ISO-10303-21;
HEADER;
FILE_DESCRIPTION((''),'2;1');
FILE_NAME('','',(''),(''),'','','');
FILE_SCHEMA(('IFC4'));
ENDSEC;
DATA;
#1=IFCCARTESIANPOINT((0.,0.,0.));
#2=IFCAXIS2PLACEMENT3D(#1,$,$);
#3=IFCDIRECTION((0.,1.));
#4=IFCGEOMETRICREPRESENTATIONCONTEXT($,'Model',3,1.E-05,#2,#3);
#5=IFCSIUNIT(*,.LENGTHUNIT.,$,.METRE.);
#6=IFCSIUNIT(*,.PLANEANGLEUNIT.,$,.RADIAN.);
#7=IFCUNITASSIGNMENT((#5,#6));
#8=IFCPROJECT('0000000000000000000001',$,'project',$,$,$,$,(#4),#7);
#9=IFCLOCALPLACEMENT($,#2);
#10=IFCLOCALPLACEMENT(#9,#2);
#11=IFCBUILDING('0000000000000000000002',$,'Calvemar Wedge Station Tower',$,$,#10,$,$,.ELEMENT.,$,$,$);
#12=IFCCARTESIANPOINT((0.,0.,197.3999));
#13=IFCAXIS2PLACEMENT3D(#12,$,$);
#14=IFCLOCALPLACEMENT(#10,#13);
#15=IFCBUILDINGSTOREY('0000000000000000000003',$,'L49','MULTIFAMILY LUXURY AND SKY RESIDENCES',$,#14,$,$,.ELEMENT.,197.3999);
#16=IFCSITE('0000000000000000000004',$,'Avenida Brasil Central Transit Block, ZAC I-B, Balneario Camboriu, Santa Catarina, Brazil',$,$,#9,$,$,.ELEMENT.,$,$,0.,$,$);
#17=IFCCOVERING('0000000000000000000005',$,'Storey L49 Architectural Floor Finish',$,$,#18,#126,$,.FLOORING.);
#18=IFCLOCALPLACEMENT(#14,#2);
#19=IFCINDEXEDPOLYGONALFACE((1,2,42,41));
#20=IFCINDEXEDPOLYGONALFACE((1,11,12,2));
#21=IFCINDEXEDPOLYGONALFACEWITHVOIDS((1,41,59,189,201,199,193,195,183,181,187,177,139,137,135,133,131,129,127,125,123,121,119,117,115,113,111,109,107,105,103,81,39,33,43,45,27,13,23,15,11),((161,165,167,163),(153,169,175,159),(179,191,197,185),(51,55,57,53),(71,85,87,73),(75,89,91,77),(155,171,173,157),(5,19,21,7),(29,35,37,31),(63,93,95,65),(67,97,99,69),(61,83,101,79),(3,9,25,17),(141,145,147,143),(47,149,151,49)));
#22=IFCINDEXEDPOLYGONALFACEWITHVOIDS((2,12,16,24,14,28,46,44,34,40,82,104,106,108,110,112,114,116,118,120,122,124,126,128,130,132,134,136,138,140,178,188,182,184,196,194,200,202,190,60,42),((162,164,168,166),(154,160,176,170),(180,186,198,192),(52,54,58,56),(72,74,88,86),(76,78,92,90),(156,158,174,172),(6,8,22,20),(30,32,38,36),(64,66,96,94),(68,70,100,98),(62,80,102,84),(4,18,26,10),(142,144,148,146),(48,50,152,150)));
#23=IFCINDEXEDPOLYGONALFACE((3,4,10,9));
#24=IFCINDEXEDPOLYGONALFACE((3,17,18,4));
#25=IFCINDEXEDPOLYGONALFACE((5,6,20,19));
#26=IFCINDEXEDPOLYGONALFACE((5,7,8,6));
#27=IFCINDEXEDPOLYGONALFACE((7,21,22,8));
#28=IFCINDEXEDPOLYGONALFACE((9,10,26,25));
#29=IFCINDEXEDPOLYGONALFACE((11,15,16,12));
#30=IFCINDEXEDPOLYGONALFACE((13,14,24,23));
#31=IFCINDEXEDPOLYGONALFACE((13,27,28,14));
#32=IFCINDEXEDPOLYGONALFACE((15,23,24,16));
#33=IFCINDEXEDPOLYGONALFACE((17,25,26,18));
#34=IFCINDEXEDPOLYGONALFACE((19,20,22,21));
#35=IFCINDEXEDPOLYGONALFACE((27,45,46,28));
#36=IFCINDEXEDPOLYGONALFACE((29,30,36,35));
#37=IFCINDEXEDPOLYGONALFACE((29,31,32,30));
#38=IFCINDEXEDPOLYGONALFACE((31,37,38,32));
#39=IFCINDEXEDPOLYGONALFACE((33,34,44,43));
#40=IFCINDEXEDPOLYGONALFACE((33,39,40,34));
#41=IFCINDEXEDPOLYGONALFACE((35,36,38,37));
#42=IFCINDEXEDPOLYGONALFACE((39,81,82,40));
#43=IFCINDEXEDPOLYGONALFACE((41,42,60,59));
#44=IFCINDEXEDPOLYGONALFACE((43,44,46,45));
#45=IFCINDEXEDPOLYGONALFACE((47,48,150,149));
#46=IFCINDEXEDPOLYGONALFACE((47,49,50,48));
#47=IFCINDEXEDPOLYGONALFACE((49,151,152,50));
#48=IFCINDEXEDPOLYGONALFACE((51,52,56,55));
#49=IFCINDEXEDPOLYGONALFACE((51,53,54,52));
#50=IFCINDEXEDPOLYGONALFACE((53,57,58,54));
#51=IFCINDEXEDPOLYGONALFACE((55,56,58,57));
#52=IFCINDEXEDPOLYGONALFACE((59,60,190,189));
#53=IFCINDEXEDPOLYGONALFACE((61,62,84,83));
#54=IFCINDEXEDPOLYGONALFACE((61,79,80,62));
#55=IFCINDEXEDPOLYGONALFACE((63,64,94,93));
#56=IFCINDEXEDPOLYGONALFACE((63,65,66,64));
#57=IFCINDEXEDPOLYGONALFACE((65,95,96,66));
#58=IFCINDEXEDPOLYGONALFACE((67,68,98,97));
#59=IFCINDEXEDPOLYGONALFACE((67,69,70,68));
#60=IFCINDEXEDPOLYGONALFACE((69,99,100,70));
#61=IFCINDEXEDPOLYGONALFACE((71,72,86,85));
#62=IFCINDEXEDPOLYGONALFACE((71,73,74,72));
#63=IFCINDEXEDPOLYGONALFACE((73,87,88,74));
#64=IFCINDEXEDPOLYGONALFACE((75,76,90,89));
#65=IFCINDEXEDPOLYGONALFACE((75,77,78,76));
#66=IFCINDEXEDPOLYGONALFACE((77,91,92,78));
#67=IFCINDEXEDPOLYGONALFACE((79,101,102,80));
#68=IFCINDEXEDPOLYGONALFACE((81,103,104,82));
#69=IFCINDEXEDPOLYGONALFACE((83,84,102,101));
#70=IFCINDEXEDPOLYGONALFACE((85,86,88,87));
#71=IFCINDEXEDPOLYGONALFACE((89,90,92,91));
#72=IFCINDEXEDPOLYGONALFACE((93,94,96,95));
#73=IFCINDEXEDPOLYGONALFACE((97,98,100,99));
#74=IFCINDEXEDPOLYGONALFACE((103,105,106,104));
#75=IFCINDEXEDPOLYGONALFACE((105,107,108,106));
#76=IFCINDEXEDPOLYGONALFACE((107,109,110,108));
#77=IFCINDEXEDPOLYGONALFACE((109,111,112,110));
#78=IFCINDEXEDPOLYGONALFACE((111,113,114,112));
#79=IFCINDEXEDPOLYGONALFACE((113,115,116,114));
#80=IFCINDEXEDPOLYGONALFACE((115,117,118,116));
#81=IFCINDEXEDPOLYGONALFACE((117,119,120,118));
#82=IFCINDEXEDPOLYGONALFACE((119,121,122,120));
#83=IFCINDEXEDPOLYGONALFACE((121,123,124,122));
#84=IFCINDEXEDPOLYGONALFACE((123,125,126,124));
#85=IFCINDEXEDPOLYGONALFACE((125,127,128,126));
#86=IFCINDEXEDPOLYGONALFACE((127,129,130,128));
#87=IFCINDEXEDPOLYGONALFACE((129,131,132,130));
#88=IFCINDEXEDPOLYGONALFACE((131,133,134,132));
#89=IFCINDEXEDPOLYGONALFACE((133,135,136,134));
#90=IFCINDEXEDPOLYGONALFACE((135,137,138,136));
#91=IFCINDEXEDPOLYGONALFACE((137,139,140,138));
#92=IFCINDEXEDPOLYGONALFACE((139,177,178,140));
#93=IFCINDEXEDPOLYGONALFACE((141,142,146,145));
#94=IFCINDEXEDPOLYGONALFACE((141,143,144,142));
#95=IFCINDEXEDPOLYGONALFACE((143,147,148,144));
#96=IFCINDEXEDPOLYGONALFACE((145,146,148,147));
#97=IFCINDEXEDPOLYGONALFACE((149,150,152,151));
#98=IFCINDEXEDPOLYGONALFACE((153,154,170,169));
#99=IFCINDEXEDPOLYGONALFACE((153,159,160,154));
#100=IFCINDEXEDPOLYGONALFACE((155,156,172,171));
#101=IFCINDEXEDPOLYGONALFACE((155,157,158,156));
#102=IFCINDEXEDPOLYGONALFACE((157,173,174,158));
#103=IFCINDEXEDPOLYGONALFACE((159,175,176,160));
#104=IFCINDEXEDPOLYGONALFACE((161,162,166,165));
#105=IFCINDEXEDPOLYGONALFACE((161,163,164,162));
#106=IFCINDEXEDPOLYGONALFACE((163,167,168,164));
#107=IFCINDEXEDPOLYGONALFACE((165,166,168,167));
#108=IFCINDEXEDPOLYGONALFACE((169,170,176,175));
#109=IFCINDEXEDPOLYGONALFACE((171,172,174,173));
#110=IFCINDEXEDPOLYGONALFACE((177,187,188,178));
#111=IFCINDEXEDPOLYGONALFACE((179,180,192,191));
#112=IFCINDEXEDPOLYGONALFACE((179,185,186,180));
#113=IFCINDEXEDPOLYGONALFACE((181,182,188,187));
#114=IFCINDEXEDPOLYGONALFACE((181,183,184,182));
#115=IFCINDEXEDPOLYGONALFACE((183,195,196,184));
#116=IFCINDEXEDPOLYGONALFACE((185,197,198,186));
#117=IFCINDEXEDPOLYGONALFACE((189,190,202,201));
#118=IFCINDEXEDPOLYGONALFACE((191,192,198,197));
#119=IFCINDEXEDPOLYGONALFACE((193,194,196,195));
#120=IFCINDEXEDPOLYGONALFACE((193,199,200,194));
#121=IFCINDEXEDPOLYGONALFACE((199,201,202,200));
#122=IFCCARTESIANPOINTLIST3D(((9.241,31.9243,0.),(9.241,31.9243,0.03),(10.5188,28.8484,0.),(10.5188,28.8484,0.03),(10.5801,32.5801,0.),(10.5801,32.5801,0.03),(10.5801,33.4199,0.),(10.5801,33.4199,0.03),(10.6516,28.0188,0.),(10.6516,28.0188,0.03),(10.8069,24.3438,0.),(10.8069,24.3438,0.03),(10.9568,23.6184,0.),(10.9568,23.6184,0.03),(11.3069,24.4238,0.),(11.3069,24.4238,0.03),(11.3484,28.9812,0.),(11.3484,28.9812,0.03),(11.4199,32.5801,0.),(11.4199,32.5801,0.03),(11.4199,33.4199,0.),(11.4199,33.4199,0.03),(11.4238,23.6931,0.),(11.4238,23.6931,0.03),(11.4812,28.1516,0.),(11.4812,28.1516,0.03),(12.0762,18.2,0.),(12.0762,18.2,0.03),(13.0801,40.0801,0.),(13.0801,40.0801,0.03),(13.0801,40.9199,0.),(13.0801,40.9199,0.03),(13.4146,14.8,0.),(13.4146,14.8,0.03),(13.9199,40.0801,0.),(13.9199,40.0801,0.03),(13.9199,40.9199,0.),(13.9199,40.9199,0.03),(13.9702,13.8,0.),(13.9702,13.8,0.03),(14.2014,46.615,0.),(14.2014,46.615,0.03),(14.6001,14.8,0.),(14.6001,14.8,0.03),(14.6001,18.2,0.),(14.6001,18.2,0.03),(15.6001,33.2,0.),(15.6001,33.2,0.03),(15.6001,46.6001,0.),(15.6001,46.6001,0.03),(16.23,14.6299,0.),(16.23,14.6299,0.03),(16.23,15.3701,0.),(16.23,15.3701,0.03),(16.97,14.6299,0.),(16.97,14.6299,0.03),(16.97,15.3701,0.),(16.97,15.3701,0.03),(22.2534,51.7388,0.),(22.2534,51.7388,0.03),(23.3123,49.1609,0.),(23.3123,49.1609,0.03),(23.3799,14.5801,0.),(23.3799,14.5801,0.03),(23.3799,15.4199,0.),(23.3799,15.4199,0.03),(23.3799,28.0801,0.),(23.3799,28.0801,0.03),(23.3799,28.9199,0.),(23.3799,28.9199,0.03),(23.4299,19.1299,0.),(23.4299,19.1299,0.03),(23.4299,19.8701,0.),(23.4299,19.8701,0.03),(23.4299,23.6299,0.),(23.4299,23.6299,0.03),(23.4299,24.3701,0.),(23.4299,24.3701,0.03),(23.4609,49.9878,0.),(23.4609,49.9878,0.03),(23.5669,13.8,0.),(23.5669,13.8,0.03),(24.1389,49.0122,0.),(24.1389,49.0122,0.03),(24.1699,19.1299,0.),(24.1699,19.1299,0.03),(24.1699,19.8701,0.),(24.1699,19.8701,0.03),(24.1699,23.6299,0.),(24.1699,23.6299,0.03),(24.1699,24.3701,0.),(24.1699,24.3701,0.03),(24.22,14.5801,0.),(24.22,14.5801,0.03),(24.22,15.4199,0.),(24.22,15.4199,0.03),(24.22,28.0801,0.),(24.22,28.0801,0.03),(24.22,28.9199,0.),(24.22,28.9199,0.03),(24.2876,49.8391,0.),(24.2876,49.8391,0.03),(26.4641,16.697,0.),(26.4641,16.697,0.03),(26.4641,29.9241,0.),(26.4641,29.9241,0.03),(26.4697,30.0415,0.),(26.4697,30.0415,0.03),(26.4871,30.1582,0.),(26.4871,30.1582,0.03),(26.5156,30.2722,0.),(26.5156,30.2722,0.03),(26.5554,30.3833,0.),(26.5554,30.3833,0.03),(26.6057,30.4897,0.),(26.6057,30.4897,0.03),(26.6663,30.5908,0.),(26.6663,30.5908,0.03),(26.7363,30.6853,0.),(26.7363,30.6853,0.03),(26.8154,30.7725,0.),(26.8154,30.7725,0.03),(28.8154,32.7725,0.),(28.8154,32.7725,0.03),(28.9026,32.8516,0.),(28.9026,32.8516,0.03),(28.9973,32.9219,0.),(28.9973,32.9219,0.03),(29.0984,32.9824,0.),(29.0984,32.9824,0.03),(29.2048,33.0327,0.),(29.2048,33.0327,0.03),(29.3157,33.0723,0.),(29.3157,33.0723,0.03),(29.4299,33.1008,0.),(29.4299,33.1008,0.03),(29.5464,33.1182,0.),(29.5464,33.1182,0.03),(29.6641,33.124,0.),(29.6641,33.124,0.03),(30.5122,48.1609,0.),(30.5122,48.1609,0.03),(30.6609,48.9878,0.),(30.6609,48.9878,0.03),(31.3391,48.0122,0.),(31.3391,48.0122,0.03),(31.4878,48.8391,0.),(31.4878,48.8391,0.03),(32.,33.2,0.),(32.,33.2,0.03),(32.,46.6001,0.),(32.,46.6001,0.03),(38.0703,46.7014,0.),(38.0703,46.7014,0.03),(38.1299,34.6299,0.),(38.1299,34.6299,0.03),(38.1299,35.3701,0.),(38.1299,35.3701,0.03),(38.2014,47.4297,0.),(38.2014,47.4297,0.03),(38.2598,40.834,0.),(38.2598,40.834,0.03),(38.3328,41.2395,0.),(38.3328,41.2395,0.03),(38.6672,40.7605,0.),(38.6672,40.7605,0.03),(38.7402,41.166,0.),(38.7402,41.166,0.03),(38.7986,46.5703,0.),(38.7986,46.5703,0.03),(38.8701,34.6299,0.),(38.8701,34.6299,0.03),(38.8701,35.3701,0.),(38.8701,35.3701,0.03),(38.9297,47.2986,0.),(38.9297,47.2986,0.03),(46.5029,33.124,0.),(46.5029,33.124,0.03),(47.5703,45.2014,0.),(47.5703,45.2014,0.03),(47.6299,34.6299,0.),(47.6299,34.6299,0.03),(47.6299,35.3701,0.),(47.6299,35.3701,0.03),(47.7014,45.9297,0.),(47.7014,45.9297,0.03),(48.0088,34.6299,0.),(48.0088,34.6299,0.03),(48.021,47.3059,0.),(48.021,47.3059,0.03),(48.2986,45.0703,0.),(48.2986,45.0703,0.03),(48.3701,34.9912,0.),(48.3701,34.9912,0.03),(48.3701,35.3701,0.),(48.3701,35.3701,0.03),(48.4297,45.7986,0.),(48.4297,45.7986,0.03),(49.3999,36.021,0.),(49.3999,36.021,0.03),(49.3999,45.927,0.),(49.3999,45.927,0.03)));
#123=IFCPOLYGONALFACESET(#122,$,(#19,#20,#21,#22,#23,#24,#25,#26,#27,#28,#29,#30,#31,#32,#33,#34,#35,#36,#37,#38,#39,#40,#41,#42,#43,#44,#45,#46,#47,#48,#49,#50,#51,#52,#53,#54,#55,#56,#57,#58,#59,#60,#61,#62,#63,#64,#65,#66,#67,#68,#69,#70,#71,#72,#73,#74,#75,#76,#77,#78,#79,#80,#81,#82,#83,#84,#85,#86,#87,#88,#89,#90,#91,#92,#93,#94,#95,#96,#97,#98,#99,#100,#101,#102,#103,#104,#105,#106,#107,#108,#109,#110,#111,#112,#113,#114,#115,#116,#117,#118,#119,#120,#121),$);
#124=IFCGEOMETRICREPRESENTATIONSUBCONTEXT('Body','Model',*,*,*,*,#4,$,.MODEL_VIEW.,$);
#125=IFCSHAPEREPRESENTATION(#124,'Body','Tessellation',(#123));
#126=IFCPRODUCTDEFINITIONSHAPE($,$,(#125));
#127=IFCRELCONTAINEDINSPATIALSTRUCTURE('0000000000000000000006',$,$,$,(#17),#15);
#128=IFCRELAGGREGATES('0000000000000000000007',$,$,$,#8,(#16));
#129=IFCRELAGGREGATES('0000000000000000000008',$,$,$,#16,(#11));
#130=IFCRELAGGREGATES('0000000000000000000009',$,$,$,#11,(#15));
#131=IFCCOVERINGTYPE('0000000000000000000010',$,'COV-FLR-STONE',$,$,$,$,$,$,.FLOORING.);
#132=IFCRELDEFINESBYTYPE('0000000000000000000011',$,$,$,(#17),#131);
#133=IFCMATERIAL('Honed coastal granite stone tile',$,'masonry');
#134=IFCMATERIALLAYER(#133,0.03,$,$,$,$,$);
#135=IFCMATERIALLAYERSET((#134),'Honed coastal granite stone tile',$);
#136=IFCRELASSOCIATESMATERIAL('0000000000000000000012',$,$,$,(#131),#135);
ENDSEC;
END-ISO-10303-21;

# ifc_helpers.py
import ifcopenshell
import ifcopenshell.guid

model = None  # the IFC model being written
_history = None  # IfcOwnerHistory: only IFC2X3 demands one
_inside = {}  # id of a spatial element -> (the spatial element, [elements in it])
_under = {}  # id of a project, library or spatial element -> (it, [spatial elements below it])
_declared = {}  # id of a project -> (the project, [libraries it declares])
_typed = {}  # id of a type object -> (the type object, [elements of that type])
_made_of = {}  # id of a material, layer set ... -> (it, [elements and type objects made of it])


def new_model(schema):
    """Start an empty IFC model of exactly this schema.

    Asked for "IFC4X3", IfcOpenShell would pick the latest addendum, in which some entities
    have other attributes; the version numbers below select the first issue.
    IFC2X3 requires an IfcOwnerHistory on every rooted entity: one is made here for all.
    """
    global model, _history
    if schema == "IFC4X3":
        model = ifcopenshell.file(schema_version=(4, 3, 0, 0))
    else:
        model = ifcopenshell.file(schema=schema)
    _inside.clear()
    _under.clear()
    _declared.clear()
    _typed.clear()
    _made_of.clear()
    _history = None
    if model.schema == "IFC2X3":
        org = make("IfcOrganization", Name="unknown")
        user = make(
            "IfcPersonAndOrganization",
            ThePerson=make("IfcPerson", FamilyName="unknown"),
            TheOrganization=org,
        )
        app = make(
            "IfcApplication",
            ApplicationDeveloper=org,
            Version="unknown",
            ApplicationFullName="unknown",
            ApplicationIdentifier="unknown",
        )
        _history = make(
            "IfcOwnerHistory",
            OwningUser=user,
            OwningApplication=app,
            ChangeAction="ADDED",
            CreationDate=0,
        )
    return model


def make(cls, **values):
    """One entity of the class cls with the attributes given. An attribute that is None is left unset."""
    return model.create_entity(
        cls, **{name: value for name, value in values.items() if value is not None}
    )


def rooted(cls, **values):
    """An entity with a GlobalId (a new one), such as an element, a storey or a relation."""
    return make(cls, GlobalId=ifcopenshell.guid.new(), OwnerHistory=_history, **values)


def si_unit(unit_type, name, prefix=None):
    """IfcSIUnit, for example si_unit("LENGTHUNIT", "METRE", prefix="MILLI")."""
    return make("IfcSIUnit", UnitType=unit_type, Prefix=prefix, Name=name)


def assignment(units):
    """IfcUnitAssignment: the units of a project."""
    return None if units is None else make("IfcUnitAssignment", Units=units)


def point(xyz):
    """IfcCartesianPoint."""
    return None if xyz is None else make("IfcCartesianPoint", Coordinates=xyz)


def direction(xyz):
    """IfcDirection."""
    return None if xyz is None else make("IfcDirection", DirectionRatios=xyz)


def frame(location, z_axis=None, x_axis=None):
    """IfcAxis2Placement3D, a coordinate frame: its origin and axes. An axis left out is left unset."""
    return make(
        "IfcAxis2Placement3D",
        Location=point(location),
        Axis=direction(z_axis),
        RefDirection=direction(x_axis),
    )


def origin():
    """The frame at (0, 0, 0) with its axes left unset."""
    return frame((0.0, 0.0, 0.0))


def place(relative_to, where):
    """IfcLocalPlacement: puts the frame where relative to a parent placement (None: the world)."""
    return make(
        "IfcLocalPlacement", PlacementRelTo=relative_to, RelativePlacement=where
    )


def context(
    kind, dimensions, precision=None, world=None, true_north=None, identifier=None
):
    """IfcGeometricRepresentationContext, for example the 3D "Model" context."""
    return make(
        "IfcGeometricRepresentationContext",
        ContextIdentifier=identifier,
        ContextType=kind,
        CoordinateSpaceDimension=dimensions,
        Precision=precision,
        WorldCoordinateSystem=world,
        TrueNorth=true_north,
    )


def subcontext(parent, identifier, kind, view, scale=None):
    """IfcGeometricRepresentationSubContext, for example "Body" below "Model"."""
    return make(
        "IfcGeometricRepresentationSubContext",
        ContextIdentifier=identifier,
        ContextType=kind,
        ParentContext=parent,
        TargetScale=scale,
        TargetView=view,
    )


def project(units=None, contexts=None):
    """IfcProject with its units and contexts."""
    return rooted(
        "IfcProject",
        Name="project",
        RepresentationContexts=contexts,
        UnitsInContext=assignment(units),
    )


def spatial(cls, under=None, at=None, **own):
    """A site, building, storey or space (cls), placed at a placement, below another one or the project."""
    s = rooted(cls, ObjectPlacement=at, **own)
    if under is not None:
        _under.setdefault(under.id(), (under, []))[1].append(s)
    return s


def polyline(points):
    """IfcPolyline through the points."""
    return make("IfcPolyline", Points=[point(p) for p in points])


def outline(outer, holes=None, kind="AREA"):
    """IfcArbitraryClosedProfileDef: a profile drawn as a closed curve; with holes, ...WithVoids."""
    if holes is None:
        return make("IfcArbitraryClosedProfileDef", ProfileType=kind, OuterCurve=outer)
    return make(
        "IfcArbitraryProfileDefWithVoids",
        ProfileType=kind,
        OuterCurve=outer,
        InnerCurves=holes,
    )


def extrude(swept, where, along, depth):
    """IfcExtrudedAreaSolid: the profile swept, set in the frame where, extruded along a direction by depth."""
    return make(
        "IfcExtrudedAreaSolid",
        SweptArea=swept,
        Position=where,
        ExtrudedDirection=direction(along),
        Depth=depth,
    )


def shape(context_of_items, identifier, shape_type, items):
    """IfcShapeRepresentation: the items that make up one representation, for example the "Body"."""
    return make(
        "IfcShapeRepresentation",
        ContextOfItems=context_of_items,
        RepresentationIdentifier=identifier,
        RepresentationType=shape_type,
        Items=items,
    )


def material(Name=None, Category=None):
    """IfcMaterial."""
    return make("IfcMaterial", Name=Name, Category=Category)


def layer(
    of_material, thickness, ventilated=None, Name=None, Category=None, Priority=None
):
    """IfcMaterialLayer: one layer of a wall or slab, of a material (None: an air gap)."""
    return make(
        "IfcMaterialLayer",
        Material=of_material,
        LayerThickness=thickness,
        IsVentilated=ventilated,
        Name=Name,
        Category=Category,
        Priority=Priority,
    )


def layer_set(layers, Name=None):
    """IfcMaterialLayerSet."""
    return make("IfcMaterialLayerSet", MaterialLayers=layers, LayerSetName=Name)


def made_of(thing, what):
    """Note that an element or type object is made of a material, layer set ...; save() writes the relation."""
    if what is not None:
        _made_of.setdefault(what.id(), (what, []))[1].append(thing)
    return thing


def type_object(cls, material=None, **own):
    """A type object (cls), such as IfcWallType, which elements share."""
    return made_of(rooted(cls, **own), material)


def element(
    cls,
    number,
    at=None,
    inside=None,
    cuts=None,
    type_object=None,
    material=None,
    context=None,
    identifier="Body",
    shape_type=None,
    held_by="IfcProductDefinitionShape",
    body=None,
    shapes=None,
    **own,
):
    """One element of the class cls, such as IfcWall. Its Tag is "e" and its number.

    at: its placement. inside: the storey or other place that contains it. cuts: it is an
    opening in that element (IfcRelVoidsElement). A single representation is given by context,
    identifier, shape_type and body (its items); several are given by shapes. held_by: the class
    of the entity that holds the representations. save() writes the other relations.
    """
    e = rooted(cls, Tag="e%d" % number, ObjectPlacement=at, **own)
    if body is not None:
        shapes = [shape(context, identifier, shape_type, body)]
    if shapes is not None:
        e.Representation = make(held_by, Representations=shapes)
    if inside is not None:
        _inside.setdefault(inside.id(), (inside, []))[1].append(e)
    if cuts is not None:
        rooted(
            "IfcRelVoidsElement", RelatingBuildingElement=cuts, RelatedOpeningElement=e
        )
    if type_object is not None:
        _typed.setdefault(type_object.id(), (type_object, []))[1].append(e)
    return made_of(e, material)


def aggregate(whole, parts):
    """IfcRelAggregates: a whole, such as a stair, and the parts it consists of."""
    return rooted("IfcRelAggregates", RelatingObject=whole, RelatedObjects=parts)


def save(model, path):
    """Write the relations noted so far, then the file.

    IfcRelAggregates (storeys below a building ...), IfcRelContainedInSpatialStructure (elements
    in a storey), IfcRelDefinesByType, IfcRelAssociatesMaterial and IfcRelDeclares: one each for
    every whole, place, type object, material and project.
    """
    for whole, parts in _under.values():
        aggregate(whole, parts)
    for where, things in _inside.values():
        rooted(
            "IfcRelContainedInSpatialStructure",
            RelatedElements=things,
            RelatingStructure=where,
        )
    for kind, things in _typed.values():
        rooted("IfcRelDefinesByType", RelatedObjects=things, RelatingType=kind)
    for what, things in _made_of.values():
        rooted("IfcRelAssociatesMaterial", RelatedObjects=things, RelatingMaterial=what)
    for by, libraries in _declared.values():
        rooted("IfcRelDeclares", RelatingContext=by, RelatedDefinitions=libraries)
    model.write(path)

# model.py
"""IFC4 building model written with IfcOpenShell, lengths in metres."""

from ifc_helpers import new_model, si_unit, direction, frame, origin, place, context, subcontext, project, spatial, polyline, outline, extrude, material, layer, layer_set, type_object, element, save


model = new_model("IFC4")

# Units and contexts
model_context = context("Model", 3, precision=1e-05, world=origin(), true_north=direction((0.0, 1.0)))
body_context = subcontext(model_context, "Body", "Model", "MODEL_VIEW")
ifc_project = project(units=[si_unit("LENGTHUNIT", "METRE"), si_unit("PLANEANGLEUNIT", "RADIAN")], contexts=[model_context])

# Site, building, storey
site_placement = place(None, origin())
site = spatial("IfcSite", under=ifc_project, at=site_placement, Name="Avenida Brasil Central Transit Block, ZAC I-B, Balneario Camboriu, Santa Catarina, Brazil", CompositionType="ELEMENT", RefElevation=0.0)
building_placement = place(site_placement, origin())
building = spatial("IfcBuilding", under=site, at=building_placement, Name="Calvemar Wedge Station Tower", CompositionType="ELEMENT")
storey_placement = place(building_placement, frame((0.0, 0.0, 197.3999)))
storey = spatial("IfcBuildingStorey", under=building, at=storey_placement, Name="L49", Description="MULTIFAMILY LUXURY AND SKY RESIDENCES", CompositionType="ELEMENT", Elevation=197.3999)

# Covering
ifc_material_1 = material(Name="Honed coastal granite stone tile", Category="masonry")
ifc_layer_1 = layer(ifc_material_1, 0.03)
ifc_layer_set_1 = layer_set([ifc_layer_1], Name="Honed coastal granite stone tile")
covering_type_1 = type_object("IfcCoveringType", Name="COV-FLR-STONE", PredefinedType="FLOORING", material=ifc_layer_set_1)
covering_1_placement = place(storey_placement, origin())
element("IfcCovering", 1, at=covering_1_placement, inside=storey, type_object=covering_type_1, Name="Storey L49 Architectural Floor Finish", PredefinedType="FLOORING", context=body_context, shape_type="SweptSolid", body=[
    extrude(outline(polyline([(26.8154, 30.7725), (28.8154, 32.7725), (28.9026, 32.8516), (28.9973, 32.9219), (29.0984, 32.9824), (29.2048, 33.0327), (29.3157, 33.0723), (29.4299, 33.1008), (29.5464, 33.1182), (29.6641, 33.124), (46.5029, 33.124), (48.0088, 34.6299), (47.6299, 34.6299), (47.6299, 35.3701), (48.3701, 35.3701), (48.3701, 34.9912), (49.3999, 36.021), (49.3999, 45.927), (48.021, 47.3059), (22.2534, 51.7388), (14.2014, 46.615), (9.241, 31.9243), (10.8069, 24.3438), (11.3069, 24.4238), (11.4238, 23.6931), (10.9568, 23.6184), (12.0762, 18.2), (14.6001, 18.2), (14.6001, 14.8), (13.4146, 14.8), (13.9702, 13.8), (23.5669, 13.8), (26.4641, 16.697), (26.4641, 29.9241), (26.4697, 30.0415), (26.4871, 30.1582), (26.5156, 30.2722), (26.5554, 30.3833), (26.6057, 30.4897), (26.6663, 30.5908), (26.7363, 30.6853), (26.8154, 30.7725)]), holes=[polyline([(15.6001, 46.6001), (32.0, 46.6001), (32.0, 33.2), (15.6001, 33.2), (15.6001, 46.6001)]), polyline([(10.5801, 32.5801), (10.5801, 33.4199), (11.4199, 33.4199), (11.4199, 32.5801), (10.5801, 32.5801)]), polyline([(13.0801, 40.9199), (13.9199, 40.9199), (13.9199, 40.0801), (13.0801, 40.0801), (13.0801, 40.9199)]), polyline([(24.2876, 49.8391), (24.1389, 49.0122), (23.3123, 49.1609), (23.4609, 49.9878), (24.2876, 49.8391)]), polyline([(31.3391, 48.0122), (30.5122, 48.1609), (30.6609, 48.9878), (31.4878, 48.8391), (31.3391, 48.0122)]), polyline([(38.0703, 46.7014), (38.2014, 47.4297), (38.9297, 47.2986), (38.7986, 46.5703), (38.0703, 46.7014)]), polyline([(47.7014, 45.9297), (48.4297, 45.7986), (48.2986, 45.0703), (47.5703, 45.2014), (47.7014, 45.9297)]), polyline([(38.8701, 35.3701), (38.8701, 34.6299), (38.1299, 34.6299), (38.1299, 35.3701), (38.8701, 35.3701)]), polyline([(38.2598, 40.834), (38.3328, 41.2395), (38.7402, 41.166), (38.6672, 40.7605), (38.2598, 40.834)]), polyline([(11.3484, 28.9812), (11.4812, 28.1516), (10.6516, 28.0188), (10.5188, 28.8484), (11.3484, 28.9812)]), polyline([(24.22, 28.0801), (23.3799, 28.0801), (23.3799, 28.9199), (24.22, 28.9199), (24.22, 28.0801)]), polyline([(23.4299, 23.6299), (23.4299, 24.3701), (24.1699, 24.3701), (24.1699, 23.6299), (23.4299, 23.6299)]), polyline([(23.4299, 19.8701), (24.1699, 19.8701), (24.1699, 19.1299), (23.4299, 19.1299), (23.4299, 19.8701)]), polyline([(24.22, 15.4199), (24.22, 14.5801), (23.3799, 14.5801), (23.3799, 15.4199), (24.22, 15.4199)]), polyline([(16.97, 14.6299), (16.23, 14.6299), (16.23, 15.3701), (16.97, 15.3701), (16.97, 14.6299)])]), origin(), (0.0, 0.0, 1.0), 0.03),
])

save(model, "model.ifc")
